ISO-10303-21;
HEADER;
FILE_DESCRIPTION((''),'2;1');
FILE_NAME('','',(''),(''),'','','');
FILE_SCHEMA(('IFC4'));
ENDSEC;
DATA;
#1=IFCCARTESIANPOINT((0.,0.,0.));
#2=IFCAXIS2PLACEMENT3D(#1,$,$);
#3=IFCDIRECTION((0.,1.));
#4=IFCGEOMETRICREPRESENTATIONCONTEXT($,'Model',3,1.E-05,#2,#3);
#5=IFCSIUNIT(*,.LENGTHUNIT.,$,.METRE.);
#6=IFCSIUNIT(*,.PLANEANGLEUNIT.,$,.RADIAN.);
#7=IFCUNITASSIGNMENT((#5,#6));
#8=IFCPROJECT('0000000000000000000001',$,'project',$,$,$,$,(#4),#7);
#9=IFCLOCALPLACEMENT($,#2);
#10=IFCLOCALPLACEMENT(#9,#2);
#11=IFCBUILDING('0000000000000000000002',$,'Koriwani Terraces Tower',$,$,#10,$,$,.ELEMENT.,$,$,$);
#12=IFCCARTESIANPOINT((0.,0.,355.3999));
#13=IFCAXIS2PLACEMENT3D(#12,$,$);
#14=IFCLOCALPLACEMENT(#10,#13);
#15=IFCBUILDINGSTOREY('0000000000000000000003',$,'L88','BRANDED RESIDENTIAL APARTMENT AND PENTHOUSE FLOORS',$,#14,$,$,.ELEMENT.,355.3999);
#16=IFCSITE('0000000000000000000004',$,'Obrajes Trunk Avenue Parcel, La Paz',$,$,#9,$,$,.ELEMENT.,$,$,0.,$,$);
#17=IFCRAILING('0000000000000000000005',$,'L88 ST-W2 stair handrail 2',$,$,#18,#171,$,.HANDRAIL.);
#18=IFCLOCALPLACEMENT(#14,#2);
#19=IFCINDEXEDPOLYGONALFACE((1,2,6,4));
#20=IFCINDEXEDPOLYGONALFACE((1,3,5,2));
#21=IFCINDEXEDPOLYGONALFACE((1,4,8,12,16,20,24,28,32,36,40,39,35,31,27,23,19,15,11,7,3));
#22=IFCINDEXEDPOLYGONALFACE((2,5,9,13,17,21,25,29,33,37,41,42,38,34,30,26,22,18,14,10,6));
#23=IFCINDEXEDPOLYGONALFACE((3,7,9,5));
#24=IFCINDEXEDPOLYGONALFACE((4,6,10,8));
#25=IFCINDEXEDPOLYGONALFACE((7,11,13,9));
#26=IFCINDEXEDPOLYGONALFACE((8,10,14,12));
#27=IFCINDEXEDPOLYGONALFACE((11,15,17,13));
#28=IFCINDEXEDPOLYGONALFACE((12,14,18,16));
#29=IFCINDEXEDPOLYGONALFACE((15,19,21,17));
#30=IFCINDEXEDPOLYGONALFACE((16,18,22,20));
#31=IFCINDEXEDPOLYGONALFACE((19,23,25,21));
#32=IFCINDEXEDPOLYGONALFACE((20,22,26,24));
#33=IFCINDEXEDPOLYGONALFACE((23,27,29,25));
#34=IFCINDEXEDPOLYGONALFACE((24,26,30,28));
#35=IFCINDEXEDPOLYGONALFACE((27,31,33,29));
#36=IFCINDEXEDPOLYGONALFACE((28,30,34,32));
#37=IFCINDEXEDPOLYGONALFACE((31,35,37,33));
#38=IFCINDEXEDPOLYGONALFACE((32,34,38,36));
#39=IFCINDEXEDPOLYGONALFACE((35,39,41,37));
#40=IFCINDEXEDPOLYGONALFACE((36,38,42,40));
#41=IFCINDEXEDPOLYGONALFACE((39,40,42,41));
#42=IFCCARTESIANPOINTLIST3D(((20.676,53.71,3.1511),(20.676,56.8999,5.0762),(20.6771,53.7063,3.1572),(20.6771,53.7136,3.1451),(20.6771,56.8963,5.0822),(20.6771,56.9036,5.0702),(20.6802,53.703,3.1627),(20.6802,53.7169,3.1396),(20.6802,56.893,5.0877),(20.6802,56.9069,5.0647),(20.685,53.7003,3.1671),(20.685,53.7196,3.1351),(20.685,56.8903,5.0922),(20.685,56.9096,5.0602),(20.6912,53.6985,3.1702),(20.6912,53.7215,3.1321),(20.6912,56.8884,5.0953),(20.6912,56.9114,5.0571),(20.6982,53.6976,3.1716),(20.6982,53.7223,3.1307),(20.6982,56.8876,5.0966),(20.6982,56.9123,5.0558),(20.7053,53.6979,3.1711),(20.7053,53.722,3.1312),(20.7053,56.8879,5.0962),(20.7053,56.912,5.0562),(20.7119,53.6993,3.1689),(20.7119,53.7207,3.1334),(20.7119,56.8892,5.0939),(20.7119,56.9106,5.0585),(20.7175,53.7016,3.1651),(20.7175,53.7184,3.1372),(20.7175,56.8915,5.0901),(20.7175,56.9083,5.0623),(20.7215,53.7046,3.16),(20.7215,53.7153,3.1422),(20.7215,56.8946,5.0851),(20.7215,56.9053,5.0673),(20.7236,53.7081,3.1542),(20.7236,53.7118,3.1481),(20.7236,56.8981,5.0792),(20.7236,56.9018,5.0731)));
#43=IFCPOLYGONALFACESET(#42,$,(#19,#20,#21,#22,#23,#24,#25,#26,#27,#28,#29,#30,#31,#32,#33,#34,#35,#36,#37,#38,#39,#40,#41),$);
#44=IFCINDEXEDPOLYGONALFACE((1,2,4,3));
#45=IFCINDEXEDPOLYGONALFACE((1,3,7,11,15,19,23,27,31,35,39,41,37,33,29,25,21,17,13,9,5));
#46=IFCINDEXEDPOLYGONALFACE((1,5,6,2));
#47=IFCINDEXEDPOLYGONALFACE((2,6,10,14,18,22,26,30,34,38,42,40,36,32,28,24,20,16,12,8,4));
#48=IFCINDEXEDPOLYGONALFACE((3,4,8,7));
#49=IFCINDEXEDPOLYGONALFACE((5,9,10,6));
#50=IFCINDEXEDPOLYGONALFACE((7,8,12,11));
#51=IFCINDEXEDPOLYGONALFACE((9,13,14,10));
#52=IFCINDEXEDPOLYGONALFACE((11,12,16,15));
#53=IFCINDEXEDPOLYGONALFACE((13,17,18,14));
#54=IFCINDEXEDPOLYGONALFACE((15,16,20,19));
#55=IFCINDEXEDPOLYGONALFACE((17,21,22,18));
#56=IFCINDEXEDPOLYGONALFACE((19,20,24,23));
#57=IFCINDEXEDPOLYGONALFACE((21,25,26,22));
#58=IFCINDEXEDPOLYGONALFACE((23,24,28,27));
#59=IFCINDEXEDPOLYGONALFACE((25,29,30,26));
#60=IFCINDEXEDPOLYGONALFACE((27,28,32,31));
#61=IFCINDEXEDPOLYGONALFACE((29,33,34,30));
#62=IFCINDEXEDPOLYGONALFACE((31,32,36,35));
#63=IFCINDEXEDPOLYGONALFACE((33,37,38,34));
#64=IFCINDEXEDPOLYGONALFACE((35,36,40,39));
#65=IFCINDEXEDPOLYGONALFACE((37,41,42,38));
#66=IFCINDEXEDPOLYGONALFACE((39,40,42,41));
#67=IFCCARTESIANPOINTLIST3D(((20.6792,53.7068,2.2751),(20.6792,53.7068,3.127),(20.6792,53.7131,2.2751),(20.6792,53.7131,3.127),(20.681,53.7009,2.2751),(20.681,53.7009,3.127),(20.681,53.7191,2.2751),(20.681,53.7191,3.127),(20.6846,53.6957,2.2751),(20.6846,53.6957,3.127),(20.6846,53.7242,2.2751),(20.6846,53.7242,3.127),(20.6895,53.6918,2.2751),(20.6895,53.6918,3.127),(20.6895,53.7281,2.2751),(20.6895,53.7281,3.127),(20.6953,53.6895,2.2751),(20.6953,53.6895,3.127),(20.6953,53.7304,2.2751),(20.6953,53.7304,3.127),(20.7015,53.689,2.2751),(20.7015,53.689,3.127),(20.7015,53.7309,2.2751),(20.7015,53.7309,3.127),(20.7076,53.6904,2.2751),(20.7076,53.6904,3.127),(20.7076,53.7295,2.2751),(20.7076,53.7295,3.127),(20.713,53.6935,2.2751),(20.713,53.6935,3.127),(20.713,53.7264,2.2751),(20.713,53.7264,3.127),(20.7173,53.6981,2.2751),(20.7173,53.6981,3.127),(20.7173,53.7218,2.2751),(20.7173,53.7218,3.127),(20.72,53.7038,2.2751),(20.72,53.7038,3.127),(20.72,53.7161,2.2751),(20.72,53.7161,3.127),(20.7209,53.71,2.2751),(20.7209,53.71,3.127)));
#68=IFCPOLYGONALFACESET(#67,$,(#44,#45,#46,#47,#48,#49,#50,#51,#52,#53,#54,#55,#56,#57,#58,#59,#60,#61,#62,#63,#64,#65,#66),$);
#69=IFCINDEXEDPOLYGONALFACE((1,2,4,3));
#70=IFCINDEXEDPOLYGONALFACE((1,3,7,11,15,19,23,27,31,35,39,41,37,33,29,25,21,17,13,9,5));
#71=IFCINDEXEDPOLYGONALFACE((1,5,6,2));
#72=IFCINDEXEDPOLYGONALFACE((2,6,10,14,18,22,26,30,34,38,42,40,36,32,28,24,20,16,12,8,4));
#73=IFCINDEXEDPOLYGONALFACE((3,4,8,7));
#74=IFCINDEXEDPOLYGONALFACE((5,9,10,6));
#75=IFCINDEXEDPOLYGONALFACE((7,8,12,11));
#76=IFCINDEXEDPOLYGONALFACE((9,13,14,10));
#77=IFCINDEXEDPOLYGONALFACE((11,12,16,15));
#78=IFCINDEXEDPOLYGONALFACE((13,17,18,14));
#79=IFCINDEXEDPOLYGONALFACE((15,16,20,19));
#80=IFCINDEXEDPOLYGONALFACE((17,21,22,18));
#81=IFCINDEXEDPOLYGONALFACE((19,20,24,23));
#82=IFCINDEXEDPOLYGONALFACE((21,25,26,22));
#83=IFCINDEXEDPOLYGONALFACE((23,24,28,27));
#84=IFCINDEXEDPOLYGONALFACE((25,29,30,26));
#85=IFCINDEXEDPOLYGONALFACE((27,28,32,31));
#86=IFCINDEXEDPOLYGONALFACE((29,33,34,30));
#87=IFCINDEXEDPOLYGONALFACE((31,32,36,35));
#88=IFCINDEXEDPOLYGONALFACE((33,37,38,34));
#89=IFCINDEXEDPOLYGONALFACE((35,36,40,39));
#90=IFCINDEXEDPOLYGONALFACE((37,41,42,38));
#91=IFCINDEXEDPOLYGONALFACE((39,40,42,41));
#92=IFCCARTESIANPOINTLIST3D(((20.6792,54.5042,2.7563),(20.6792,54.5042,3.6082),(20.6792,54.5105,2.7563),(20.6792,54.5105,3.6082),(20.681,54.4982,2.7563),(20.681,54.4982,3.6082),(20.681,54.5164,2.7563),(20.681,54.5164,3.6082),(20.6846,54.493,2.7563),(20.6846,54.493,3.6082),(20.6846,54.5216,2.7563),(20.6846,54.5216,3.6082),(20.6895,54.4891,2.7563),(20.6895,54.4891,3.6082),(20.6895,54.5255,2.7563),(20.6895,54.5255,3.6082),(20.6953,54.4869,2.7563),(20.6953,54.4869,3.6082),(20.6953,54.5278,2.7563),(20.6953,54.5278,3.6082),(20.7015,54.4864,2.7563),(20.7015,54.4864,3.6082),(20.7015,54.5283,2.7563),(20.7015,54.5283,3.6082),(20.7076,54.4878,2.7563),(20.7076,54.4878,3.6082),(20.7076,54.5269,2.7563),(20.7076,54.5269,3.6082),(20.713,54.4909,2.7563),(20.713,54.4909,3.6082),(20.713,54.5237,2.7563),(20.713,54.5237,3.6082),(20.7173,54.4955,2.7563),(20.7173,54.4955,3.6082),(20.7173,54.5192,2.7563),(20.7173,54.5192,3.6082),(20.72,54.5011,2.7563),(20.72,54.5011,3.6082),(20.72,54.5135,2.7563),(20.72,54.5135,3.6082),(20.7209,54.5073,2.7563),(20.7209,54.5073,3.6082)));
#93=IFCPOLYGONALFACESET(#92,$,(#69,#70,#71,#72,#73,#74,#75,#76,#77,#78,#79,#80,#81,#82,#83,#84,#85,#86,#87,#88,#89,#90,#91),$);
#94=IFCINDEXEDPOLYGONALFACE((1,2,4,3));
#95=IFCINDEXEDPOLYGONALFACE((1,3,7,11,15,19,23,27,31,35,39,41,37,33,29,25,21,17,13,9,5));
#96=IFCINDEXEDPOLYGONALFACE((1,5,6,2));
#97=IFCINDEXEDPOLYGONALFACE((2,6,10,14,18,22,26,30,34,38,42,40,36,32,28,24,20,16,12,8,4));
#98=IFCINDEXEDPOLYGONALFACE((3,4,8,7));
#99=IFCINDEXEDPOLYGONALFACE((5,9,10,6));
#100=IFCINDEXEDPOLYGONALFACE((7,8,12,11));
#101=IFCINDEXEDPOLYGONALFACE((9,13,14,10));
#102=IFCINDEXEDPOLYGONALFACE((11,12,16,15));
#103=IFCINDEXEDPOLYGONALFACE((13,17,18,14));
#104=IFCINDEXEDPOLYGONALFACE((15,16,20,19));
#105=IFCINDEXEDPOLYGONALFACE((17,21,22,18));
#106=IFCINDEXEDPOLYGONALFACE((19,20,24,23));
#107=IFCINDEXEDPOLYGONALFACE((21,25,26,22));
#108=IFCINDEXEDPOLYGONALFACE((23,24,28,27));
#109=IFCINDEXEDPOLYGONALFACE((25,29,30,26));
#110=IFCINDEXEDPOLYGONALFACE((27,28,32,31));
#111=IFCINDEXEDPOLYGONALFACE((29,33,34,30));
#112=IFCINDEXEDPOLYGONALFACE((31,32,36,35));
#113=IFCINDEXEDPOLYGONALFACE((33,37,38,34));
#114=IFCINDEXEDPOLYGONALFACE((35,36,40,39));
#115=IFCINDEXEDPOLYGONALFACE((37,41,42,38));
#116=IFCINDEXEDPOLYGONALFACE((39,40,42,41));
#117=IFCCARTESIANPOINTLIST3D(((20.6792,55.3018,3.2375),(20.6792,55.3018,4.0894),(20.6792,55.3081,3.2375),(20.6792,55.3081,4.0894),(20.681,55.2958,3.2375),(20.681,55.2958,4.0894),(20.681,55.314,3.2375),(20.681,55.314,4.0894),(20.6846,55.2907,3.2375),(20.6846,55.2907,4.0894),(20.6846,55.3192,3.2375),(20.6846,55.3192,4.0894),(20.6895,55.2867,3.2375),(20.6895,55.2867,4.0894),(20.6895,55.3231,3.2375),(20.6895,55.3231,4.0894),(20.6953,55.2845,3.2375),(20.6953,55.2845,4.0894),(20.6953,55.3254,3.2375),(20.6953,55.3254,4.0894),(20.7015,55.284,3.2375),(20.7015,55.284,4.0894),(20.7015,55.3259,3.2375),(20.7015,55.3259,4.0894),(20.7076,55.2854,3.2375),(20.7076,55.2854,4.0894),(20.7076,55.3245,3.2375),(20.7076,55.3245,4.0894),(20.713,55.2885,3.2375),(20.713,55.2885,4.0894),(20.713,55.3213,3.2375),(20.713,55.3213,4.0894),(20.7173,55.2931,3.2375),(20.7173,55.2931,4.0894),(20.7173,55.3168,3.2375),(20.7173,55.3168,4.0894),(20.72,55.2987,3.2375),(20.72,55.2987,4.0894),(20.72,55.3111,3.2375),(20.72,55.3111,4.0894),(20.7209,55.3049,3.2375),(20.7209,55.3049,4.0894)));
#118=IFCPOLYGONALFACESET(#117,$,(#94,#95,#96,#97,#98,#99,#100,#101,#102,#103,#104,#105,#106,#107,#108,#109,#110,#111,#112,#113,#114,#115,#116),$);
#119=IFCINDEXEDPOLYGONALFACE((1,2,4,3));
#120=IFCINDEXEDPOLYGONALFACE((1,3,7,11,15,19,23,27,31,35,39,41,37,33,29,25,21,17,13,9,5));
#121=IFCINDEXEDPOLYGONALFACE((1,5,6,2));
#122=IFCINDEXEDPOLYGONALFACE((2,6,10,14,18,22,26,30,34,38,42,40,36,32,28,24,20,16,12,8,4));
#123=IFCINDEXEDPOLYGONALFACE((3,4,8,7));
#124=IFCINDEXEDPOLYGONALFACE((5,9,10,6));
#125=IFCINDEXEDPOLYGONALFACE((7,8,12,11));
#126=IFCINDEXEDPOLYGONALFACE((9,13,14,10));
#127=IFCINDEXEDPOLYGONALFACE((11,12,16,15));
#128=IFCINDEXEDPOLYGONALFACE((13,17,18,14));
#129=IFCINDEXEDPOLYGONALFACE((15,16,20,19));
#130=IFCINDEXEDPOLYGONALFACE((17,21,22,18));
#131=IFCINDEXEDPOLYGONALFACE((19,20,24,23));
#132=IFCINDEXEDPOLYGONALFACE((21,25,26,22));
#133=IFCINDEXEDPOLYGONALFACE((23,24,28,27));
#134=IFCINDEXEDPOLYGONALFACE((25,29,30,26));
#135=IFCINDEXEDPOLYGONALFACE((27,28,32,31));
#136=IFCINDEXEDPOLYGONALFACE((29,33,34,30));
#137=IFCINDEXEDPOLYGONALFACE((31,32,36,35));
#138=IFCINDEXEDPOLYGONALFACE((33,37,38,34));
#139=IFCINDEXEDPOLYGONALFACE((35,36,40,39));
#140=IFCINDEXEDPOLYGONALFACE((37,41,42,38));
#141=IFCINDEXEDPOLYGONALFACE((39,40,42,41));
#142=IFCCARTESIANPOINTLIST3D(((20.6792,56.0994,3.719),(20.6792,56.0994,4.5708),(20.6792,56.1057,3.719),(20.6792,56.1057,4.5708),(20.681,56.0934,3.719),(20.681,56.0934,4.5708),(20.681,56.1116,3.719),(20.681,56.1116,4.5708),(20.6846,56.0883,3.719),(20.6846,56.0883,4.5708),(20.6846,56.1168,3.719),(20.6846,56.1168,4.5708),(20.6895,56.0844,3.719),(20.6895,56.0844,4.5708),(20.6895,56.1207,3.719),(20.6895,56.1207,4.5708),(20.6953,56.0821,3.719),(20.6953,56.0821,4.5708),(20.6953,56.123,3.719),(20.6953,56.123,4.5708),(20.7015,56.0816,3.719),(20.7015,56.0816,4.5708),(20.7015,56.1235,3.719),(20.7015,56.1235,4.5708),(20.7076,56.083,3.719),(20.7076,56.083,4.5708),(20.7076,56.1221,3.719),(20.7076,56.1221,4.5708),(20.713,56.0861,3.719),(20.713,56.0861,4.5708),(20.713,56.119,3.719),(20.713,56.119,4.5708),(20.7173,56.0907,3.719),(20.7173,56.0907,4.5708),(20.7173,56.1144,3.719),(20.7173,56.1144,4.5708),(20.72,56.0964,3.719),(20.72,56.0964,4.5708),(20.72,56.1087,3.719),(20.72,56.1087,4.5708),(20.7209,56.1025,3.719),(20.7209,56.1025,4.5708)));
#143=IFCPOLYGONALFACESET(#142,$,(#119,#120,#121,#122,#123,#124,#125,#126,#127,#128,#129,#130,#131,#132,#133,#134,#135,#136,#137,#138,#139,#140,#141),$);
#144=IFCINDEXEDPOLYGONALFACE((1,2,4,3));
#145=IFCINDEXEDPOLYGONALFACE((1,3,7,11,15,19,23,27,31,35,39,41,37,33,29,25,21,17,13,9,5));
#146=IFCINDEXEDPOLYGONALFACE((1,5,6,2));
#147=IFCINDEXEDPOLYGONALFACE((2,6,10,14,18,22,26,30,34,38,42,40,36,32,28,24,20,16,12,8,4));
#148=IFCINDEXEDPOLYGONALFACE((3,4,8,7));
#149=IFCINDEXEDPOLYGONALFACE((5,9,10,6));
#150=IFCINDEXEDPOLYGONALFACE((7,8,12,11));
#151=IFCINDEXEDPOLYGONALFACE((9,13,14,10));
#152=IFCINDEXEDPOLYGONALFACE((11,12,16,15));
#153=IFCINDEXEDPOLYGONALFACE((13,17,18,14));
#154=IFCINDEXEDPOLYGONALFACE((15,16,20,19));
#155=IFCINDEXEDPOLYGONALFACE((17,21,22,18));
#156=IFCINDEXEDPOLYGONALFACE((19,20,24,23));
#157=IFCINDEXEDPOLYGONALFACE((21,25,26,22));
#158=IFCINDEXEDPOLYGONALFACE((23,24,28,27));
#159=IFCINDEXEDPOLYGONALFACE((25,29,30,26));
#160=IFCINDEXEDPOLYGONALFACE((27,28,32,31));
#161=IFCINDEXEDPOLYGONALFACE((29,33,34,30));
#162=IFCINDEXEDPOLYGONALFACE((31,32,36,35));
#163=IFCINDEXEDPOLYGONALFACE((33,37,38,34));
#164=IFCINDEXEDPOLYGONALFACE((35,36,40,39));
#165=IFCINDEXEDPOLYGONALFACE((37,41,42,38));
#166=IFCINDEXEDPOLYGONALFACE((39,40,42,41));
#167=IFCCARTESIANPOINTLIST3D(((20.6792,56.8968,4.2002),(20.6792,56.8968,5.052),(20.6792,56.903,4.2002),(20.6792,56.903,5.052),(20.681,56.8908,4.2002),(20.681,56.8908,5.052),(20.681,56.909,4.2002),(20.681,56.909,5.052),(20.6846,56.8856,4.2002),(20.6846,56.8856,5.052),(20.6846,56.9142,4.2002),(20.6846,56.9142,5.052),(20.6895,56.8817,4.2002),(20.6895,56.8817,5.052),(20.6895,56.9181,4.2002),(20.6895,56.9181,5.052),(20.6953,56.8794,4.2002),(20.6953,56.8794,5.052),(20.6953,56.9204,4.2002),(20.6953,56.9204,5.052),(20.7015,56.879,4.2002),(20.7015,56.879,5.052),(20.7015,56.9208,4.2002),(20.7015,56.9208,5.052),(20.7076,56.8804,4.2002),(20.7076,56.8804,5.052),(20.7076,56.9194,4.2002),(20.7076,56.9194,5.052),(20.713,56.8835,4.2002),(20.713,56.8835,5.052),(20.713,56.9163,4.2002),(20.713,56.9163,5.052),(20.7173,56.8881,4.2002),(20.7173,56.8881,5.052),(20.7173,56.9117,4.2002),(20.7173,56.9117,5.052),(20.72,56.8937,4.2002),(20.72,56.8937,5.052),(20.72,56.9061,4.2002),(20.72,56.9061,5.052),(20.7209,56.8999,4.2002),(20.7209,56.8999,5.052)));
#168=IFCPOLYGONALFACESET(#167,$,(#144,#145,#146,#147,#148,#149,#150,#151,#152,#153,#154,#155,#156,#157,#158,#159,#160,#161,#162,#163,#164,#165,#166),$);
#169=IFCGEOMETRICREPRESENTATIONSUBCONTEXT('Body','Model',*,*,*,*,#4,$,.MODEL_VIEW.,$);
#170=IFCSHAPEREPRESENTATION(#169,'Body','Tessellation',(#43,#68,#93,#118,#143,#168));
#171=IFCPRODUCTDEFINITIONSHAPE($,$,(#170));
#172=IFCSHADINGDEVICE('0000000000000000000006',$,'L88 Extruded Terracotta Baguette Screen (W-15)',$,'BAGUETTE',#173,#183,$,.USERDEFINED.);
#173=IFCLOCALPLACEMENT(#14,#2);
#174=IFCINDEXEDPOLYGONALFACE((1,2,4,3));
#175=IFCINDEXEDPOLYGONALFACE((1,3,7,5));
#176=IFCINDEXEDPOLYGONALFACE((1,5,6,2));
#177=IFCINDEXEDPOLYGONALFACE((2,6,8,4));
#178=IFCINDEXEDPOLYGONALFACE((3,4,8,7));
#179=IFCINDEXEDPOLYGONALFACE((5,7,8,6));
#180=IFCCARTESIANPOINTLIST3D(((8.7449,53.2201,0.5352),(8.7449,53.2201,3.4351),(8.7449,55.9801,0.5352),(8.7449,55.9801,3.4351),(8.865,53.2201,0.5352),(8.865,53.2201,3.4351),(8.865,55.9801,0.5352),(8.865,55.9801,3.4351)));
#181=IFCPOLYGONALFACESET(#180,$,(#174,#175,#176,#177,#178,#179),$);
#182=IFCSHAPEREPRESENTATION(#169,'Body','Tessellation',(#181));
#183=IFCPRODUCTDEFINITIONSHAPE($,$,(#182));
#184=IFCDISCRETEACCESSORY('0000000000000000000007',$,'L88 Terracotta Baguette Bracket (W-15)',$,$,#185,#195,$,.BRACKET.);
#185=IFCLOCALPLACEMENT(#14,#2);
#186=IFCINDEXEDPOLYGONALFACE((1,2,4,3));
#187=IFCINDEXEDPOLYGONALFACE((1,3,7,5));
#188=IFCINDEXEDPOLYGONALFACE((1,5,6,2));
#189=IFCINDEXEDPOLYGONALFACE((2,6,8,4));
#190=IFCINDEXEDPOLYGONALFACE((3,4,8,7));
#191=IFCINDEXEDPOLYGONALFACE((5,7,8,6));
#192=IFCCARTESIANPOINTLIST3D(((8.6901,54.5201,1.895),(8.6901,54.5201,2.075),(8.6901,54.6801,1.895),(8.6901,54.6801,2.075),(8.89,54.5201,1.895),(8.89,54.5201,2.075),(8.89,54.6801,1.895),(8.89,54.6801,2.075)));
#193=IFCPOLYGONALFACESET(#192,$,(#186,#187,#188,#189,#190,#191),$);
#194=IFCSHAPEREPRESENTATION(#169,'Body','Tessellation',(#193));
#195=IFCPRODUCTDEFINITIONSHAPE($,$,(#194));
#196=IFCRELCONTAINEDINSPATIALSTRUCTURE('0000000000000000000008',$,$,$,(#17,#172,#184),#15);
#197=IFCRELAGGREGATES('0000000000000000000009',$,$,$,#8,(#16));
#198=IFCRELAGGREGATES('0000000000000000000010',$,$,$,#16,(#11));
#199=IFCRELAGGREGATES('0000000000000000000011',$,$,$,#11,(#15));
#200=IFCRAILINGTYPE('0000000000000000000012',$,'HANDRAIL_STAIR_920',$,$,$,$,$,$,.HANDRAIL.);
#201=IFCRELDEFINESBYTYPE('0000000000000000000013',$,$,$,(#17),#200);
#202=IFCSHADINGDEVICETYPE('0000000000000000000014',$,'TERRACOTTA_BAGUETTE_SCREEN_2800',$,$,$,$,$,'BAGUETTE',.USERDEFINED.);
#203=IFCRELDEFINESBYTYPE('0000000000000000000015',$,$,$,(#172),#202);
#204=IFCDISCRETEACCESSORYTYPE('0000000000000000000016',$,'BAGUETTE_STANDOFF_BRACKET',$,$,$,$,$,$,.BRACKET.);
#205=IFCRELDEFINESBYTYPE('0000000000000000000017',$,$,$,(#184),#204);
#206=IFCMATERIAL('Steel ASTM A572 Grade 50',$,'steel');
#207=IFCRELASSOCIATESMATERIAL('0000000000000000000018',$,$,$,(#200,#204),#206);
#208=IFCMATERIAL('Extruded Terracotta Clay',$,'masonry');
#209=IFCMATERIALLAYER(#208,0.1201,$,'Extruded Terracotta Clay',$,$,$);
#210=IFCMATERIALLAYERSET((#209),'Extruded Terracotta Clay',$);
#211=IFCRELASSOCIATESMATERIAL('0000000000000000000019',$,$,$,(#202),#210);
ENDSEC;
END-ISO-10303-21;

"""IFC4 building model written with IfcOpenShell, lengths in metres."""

from ifc_helpers import new_model, si_unit, direction, frame, origin, origin_2d, place, context, subcontext, project, spatial, rectangle, circle, extrude, material, layer, layer_set, type_object, element, save


model = new_model("IFC4")

# Units and contexts
model_context = context("Model", 3, precision=1e-05, world=origin(), true_north=direction((0.0, 1.0)))
body_context = subcontext(model_context, "Body", "Model", "MODEL_VIEW")
ifc_project = project(units=[si_unit("LENGTHUNIT", "METRE"), si_unit("PLANEANGLEUNIT", "RADIAN")], contexts=[model_context])

# Site, building, storey
site_placement = place(None, origin())
site = spatial("IfcSite", under=ifc_project, at=site_placement, Name="Obrajes Trunk Avenue Parcel, La Paz", CompositionType="ELEMENT", RefElevation=0.0)
building_placement = place(site_placement, origin())
building = spatial("IfcBuilding", under=site, at=building_placement, Name="Koriwani Terraces Tower", CompositionType="ELEMENT")
storey_placement = place(building_placement, frame((0.0, 0.0, 355.3999)))
storey = spatial("IfcBuildingStorey", under=building, at=storey_placement, Name="L88", Description="BRANDED RESIDENTIAL APARTMENT AND PENTHOUSE FLOORS", CompositionType="ELEMENT", Elevation=355.3999)

# Shared definitions
ifc_material_1 = material(Name="Steel ASTM A572 Grade 50", Category="steel")

# Railing
railing_type_1 = type_object("IfcRailingType", Name="HANDRAIL_STAIR_920", PredefinedType="HANDRAIL", material=ifc_material_1)
railing_1_placement = place(storey_placement, frame((20.7, 53.71, 2.2751)))
element("IfcRailing", 1, at=railing_1_placement, inside=storey, type_object=railing_type_1, Name="L88 ST-W2 stair handrail 2", PredefinedType="HANDRAIL", context=body_context, shape_type="SweptSolid", body=[
    extrude(circle(Radius=0.0239, at=origin_2d()), frame((0.0, 0.0, 0.876), z_axis=(0.0, 0.856178, 0.516682), x_axis=(-1.0, 0.0, 0.0)), (0.0, 0.0, 1.0), 3.7258),
    extrude(circle(Radius=0.021, at=origin_2d()), origin(), (0.0, 0.0, 1.0), 0.8518),
    extrude(circle(Radius=0.021, at=origin_2d()), frame((0.0, 0.7974, 0.4812)), (0.0, 0.0, 1.0), 0.8518),
    extrude(circle(Radius=0.021, at=origin_2d()), frame((0.0, 1.595, 0.9624)), (0.0, 0.0, 1.0), 0.8518),
    extrude(circle(Radius=0.021, at=origin_2d()), frame((0.0, 2.3926, 1.4438)), (0.0, 0.0, 1.0), 0.8518),
    extrude(circle(Radius=0.021, at=origin_2d()), frame((0.0, 3.1899, 1.925)), (0.0, 0.0, 1.0), 0.8518),
])

# Shading device
ifc_material_2 = material(Name="Extruded Terracotta Clay", Category="masonry")
ifc_layer_1 = layer(ifc_material_2, 0.1201, Name="Extruded Terracotta Clay")
ifc_layer_set_1 = layer_set([ifc_layer_1], Name="Extruded Terracotta Clay")
shading_device_type = type_object("IfcShadingDeviceType", Name="TERRACOTTA_BAGUETTE_SCREEN_2800", ElementType="BAGUETTE", PredefinedType="USERDEFINED", material=ifc_layer_set_1)
shading_device_placement = place(storey_placement, frame((8.8049, 54.6001, 0.5352), z_axis=(0.0, 0.0, 1.0), x_axis=(0.0, 1.0, 0.0)))
element("IfcShadingDevice", 2, at=shading_device_placement, inside=storey, type_object=shading_device_type, Name="L88 Extruded Terracotta Baguette Screen (W-15)", ObjectType="BAGUETTE", PredefinedType="USERDEFINED", context=body_context, shape_type="SweptSolid", body=[
    extrude(rectangle(XDim=2.76, YDim=0.1201, at=origin_2d()), origin(), (0.0, 0.0, 1.0), 2.8999),
])

# Discrete accessory
discrete_accessory_type = type_object("IfcDiscreteAccessoryType", Name="BAGUETTE_STANDOFF_BRACKET", PredefinedType="BRACKET", material=ifc_material_1)
discrete_accessory_placement = place(storey_placement, frame((8.79, 54.6001, 1.895), z_axis=(0.0, 0.0, 1.0), x_axis=(0.0, 1.0, 0.0)))
element("IfcDiscreteAccessory", 3, at=discrete_accessory_placement, inside=storey, type_object=discrete_accessory_type, Name="L88 Terracotta Baguette Bracket (W-15)", PredefinedType="BRACKET", context=body_context, shape_type="SweptSolid", body=[
    extrude(rectangle(XDim=0.1599, YDim=0.2, at=origin_2d()), origin(), (0.0, 0.0, 1.0), 0.1799),
])

save(model, "model.ifc")
